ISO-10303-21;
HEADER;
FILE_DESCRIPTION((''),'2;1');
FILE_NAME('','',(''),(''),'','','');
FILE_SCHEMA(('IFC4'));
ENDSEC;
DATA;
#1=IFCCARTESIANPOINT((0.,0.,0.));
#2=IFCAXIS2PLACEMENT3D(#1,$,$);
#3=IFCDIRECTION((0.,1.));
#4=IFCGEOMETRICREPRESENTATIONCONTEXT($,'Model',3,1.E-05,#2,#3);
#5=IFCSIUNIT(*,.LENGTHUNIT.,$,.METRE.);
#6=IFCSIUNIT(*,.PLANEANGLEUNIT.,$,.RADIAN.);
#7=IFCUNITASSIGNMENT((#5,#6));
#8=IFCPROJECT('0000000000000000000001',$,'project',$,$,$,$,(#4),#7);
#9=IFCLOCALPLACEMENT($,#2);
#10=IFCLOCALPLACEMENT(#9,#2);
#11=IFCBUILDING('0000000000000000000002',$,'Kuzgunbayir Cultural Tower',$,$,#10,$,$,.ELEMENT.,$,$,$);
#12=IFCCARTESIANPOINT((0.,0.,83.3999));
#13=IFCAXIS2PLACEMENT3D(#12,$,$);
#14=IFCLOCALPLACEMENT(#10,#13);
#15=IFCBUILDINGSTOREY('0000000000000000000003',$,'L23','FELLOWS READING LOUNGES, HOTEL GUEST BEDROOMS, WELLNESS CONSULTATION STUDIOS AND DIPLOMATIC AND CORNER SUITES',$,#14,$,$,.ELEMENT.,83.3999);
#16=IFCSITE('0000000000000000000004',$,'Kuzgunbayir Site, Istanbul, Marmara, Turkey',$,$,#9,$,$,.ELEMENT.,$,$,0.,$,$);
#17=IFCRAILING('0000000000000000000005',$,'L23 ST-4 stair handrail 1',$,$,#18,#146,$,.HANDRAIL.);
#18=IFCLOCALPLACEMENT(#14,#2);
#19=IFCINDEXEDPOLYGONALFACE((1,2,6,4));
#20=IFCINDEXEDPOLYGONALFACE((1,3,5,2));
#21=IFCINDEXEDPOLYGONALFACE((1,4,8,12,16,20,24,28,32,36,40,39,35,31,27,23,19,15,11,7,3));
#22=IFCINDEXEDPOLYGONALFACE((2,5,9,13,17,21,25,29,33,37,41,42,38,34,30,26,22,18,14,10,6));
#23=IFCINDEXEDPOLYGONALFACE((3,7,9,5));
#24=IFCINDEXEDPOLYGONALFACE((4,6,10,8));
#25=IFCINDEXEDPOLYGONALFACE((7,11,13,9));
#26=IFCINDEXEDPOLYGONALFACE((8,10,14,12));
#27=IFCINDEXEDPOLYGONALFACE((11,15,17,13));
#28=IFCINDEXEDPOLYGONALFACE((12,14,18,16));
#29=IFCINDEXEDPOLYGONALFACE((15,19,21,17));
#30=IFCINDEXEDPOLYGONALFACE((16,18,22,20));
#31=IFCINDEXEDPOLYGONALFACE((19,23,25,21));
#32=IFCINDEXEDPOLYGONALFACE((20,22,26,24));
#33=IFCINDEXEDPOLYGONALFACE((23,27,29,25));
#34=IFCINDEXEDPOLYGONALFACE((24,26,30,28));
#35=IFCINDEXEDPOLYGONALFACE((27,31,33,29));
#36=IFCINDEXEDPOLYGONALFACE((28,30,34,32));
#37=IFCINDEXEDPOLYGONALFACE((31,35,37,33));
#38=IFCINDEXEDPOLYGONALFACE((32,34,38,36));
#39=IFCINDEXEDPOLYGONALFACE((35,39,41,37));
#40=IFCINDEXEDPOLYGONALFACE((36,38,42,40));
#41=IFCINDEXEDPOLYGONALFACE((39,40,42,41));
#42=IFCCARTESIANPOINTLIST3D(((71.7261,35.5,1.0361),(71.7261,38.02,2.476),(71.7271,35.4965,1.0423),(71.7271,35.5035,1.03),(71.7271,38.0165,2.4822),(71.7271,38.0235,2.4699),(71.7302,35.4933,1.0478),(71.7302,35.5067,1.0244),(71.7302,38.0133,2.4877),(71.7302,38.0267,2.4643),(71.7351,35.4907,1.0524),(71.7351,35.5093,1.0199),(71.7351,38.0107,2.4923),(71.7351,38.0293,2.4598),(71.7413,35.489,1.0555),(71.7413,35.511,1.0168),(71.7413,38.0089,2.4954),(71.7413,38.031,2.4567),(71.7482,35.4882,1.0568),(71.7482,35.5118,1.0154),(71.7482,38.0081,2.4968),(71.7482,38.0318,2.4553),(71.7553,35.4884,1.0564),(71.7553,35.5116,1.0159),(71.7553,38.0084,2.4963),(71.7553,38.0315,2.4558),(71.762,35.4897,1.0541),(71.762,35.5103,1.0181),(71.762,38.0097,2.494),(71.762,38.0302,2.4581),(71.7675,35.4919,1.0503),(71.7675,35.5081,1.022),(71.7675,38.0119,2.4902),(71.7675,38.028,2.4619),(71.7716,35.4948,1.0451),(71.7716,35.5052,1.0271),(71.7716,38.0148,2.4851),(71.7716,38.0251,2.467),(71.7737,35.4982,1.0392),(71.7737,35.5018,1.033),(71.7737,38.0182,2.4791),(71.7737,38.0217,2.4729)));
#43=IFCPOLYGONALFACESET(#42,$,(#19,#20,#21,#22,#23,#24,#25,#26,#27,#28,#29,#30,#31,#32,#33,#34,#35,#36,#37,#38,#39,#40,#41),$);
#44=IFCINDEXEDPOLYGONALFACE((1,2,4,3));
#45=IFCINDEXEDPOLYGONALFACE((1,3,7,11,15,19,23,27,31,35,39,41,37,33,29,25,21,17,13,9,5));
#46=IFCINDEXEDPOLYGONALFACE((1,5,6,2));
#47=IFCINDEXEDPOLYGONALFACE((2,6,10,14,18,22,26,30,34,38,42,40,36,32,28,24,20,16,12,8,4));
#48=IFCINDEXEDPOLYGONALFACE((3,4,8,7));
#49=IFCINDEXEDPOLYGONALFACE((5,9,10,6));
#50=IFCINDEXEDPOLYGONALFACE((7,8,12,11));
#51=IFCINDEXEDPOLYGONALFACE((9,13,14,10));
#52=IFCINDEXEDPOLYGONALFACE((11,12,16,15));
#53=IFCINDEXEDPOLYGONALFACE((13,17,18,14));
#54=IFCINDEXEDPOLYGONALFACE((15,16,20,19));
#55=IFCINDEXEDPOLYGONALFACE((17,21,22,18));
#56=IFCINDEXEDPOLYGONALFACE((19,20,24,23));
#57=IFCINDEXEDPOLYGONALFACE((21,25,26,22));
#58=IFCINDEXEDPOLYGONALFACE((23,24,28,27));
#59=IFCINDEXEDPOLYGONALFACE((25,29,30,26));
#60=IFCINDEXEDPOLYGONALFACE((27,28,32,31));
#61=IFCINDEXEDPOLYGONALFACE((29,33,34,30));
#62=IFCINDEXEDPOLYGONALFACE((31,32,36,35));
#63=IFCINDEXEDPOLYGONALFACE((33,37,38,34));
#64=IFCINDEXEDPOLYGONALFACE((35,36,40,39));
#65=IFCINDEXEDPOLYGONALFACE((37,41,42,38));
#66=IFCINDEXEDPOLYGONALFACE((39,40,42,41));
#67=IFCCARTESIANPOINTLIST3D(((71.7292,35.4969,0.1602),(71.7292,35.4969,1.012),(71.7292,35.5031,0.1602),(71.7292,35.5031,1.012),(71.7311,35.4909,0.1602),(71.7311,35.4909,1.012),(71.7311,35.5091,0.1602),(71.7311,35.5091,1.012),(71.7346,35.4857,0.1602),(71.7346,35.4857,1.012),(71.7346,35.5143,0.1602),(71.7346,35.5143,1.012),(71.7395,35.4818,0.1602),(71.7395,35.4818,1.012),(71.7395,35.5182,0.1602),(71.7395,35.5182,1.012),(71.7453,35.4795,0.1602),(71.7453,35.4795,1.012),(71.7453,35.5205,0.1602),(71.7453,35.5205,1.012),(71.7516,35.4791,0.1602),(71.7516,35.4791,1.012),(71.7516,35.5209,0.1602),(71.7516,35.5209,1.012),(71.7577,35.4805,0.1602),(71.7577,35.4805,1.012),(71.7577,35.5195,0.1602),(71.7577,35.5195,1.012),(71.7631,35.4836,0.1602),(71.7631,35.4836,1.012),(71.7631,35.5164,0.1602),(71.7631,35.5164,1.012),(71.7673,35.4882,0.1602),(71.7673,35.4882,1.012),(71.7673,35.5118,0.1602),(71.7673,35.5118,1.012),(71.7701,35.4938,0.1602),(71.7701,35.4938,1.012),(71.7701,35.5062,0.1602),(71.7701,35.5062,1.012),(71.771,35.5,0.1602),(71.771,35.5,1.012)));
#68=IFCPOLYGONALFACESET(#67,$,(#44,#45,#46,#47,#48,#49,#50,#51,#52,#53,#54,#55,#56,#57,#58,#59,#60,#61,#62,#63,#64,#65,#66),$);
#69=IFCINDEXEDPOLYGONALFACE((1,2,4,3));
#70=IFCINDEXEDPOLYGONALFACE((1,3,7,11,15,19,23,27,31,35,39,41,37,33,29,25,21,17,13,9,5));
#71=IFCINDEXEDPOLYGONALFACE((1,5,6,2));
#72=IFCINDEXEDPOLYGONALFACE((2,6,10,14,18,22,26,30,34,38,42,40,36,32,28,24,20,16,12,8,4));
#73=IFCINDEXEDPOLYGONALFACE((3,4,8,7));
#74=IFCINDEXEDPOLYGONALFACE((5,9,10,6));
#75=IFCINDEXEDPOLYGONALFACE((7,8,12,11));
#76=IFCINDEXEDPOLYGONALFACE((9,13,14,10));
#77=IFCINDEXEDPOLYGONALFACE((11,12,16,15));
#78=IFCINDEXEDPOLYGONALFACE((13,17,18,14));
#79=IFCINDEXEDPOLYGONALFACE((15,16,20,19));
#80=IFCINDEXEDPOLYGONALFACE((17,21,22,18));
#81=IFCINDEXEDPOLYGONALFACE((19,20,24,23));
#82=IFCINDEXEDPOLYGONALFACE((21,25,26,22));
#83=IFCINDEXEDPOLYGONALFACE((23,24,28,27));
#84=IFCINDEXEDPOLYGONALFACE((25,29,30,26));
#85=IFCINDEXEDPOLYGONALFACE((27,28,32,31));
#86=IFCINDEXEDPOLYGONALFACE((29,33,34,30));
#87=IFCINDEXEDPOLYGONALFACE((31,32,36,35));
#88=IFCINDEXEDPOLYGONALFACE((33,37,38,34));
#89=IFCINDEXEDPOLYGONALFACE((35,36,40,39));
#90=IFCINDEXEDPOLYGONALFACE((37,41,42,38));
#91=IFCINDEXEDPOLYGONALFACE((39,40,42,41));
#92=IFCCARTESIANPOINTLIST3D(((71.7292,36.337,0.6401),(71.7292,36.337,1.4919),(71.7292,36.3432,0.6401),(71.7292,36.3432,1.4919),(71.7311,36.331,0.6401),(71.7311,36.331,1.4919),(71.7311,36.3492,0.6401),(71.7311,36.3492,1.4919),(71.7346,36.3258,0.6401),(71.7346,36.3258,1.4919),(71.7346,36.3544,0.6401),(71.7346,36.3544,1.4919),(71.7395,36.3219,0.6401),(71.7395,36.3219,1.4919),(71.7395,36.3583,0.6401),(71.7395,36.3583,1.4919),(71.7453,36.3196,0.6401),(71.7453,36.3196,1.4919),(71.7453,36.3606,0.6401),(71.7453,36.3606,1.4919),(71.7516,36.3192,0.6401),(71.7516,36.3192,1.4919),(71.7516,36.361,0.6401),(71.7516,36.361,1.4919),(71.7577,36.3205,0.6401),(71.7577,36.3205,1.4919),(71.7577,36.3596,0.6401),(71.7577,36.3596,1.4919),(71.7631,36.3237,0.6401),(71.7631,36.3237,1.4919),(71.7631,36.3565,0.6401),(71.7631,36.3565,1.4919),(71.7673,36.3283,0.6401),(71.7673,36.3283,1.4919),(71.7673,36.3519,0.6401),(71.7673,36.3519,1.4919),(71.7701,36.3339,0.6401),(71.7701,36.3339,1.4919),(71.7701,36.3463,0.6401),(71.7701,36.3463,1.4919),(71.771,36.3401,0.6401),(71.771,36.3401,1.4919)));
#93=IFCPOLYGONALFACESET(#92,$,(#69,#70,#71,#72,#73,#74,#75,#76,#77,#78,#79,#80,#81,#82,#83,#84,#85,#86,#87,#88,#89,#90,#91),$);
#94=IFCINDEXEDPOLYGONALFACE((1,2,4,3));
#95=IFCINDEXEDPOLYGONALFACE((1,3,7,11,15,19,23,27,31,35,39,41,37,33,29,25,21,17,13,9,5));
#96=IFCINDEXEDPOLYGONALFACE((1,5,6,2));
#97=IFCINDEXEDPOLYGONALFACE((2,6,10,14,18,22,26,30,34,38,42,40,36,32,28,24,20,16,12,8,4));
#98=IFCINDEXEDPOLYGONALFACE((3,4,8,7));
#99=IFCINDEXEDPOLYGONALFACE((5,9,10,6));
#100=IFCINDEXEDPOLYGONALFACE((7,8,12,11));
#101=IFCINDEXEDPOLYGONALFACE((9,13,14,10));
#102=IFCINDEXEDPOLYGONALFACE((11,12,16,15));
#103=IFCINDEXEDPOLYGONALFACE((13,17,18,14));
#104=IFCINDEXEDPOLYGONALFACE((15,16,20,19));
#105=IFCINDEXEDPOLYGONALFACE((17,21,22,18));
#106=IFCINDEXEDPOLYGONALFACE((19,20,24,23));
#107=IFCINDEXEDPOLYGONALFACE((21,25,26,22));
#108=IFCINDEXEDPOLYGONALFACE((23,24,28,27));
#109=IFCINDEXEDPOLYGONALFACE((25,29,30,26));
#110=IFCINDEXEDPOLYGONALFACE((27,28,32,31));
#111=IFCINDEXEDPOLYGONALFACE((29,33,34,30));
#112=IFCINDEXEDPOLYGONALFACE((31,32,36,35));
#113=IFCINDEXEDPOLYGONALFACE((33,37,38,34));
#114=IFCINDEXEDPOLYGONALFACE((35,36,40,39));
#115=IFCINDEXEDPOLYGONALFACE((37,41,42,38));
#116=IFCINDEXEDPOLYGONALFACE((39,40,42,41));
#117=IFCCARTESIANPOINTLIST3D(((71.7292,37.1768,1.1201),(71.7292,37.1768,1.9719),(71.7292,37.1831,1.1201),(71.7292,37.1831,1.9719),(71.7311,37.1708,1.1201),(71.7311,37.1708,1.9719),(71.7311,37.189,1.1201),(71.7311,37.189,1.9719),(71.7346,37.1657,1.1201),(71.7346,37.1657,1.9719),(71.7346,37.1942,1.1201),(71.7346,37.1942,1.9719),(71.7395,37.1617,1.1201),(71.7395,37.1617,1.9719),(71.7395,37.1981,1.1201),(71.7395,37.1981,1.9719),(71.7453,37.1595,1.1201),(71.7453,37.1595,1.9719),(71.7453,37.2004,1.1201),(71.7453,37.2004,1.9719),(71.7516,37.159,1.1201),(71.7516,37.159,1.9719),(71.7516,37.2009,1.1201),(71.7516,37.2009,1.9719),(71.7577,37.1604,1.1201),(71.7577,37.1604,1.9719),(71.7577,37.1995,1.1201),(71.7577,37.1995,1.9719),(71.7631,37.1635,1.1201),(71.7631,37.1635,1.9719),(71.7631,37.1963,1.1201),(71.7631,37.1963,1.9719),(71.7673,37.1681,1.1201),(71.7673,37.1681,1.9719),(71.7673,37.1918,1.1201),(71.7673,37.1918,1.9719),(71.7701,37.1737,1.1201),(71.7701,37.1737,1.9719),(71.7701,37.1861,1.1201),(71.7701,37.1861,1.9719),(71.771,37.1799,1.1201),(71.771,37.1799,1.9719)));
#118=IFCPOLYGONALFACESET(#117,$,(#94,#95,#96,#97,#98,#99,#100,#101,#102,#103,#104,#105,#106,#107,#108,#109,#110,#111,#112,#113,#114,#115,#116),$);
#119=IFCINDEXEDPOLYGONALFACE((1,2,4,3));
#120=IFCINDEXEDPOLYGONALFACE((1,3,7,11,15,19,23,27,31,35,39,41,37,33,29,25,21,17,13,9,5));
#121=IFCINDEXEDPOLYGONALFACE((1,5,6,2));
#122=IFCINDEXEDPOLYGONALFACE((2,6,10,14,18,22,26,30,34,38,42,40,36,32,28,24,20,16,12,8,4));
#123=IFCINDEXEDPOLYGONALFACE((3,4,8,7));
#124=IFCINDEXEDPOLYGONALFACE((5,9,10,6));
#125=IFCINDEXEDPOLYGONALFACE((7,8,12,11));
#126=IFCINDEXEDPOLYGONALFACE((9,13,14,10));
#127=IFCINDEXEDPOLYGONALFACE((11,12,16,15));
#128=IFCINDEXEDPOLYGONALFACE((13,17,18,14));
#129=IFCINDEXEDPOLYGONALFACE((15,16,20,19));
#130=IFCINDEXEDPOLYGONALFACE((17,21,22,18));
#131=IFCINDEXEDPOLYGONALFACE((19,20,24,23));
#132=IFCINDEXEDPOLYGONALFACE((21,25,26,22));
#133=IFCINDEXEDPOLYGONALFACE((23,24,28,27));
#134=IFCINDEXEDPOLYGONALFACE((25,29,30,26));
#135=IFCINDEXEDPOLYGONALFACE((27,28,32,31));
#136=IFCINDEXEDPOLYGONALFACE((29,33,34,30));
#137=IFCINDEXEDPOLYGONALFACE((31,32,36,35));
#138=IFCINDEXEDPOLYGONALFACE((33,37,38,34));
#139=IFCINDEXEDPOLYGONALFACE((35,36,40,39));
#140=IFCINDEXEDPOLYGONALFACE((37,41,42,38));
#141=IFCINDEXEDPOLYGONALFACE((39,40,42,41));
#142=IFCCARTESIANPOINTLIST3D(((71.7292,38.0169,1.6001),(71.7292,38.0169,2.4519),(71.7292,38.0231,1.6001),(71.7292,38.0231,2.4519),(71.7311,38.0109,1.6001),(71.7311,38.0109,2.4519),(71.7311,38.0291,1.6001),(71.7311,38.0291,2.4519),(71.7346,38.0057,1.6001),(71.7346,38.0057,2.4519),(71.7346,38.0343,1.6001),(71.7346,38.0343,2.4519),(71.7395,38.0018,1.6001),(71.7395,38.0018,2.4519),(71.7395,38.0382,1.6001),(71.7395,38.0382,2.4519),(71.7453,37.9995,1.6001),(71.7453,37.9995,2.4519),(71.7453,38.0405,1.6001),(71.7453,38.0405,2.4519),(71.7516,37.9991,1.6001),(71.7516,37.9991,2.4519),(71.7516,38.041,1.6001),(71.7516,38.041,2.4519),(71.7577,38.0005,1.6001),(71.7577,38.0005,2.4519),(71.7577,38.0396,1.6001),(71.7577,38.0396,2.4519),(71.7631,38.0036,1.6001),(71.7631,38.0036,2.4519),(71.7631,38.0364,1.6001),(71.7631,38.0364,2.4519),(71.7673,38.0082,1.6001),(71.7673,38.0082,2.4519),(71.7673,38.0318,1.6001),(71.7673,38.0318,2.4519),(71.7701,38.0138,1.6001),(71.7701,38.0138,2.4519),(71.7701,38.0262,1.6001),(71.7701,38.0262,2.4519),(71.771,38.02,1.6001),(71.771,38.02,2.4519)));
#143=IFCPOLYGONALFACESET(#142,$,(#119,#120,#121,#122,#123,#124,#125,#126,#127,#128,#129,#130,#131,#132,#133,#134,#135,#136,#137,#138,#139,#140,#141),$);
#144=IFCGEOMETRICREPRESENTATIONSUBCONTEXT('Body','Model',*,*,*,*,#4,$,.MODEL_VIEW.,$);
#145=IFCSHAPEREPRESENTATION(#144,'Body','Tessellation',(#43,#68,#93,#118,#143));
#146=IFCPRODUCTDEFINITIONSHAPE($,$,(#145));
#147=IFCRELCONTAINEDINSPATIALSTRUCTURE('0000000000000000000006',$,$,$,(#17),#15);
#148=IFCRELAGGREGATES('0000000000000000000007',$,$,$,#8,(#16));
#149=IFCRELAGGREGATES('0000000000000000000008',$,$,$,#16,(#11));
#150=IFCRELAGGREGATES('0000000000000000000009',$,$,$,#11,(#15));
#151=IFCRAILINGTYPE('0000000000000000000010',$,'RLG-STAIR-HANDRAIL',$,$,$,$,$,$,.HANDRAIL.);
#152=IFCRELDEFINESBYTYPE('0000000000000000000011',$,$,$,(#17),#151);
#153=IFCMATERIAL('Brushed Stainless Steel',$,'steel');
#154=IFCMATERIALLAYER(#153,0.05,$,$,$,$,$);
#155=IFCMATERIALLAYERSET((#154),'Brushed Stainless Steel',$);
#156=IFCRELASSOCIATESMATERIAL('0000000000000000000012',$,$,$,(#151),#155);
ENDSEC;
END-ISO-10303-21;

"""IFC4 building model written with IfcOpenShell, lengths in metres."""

from ifc_helpers import new_model, si_unit, direction, frame, origin, origin_2d, place, context, subcontext, project, spatial, circle, extrude, material, layer, layer_set, type_object, element, save


model = new_model("IFC4")

# Units and contexts
model_context = context("Model", 3, precision=1e-05, world=origin(), true_north=direction((0.0, 1.0)))
body_context = subcontext(model_context, "Body", "Model", "MODEL_VIEW")
ifc_project = project(units=[si_unit("LENGTHUNIT", "METRE"), si_unit("PLANEANGLEUNIT", "RADIAN")], contexts=[model_context])

# Site, building, storey
site_placement = place(None, origin())
site = spatial("IfcSite", under=ifc_project, at=site_placement, Name="Kuzgunbayir Site, Istanbul, Marmara, Turkey", CompositionType="ELEMENT", RefElevation=0.0)
building_placement = place(site_placement, origin())
building = spatial("IfcBuilding", under=site, at=building_placement, Name="Kuzgunbayir Cultural Tower", CompositionType="ELEMENT")
storey_placement = place(building_placement, frame((0.0, 0.0, 83.3999)))
storey = spatial("IfcBuildingStorey", under=building, at=storey_placement, Name="L23", Description="FELLOWS READING LOUNGES, HOTEL GUEST BEDROOMS, WELLNESS CONSULTATION STUDIOS AND DIPLOMATIC AND CORNER SUITES", CompositionType="ELEMENT", Elevation=83.3999)

# Shared definitions
ifc_material_1 = material(Name="Brushed Stainless Steel", Category="steel")

# Railing
ifc_layer_1 = layer(ifc_material_1, 0.05)
ifc_layer_set_1 = layer_set([ifc_layer_1], Name="Brushed Stainless Steel")
railing_type_1 = type_object("IfcRailingType", Name="RLG-STAIR-HANDRAIL", PredefinedType="HANDRAIL", material=ifc_layer_set_1)
railing_1_placement = place(storey_placement, frame((71.75, 35.5, 0.1602)))
element("IfcRailing", 1, at=railing_1_placement, inside=storey, type_object=railing_type_1, Name="L23 ST-4 stair handrail 1", PredefinedType="HANDRAIL", context=body_context, shape_type="SweptSolid", body=[
    extrude(circle(Radius=0.0239, at=origin_2d()), frame((0.0, 0.0, 0.876), z_axis=(0.0, 0.868253, 0.496121), x_axis=(-1.0, 0.0, 0.0)), (0.0, 0.0, 1.0), 2.9023),
    extrude(circle(Radius=0.021, at=origin_2d()), origin(), (0.0, 0.0, 1.0), 0.8518),
    extrude(circle(Radius=0.021, at=origin_2d()), frame((0.0, 0.8401, 0.48)), (0.0, 0.0, 1.0), 0.8518),
    extrude(circle(Radius=0.021, at=origin_2d()), frame((0.0, 1.6799, 0.96)), (0.0, 0.0, 1.0), 0.8518),
    extrude(circle(Radius=0.021, at=origin_2d()), frame((0.0, 2.52, 1.4399)), (0.0, 0.0, 1.0), 0.8518),
])

save(model, "model.ifc")
